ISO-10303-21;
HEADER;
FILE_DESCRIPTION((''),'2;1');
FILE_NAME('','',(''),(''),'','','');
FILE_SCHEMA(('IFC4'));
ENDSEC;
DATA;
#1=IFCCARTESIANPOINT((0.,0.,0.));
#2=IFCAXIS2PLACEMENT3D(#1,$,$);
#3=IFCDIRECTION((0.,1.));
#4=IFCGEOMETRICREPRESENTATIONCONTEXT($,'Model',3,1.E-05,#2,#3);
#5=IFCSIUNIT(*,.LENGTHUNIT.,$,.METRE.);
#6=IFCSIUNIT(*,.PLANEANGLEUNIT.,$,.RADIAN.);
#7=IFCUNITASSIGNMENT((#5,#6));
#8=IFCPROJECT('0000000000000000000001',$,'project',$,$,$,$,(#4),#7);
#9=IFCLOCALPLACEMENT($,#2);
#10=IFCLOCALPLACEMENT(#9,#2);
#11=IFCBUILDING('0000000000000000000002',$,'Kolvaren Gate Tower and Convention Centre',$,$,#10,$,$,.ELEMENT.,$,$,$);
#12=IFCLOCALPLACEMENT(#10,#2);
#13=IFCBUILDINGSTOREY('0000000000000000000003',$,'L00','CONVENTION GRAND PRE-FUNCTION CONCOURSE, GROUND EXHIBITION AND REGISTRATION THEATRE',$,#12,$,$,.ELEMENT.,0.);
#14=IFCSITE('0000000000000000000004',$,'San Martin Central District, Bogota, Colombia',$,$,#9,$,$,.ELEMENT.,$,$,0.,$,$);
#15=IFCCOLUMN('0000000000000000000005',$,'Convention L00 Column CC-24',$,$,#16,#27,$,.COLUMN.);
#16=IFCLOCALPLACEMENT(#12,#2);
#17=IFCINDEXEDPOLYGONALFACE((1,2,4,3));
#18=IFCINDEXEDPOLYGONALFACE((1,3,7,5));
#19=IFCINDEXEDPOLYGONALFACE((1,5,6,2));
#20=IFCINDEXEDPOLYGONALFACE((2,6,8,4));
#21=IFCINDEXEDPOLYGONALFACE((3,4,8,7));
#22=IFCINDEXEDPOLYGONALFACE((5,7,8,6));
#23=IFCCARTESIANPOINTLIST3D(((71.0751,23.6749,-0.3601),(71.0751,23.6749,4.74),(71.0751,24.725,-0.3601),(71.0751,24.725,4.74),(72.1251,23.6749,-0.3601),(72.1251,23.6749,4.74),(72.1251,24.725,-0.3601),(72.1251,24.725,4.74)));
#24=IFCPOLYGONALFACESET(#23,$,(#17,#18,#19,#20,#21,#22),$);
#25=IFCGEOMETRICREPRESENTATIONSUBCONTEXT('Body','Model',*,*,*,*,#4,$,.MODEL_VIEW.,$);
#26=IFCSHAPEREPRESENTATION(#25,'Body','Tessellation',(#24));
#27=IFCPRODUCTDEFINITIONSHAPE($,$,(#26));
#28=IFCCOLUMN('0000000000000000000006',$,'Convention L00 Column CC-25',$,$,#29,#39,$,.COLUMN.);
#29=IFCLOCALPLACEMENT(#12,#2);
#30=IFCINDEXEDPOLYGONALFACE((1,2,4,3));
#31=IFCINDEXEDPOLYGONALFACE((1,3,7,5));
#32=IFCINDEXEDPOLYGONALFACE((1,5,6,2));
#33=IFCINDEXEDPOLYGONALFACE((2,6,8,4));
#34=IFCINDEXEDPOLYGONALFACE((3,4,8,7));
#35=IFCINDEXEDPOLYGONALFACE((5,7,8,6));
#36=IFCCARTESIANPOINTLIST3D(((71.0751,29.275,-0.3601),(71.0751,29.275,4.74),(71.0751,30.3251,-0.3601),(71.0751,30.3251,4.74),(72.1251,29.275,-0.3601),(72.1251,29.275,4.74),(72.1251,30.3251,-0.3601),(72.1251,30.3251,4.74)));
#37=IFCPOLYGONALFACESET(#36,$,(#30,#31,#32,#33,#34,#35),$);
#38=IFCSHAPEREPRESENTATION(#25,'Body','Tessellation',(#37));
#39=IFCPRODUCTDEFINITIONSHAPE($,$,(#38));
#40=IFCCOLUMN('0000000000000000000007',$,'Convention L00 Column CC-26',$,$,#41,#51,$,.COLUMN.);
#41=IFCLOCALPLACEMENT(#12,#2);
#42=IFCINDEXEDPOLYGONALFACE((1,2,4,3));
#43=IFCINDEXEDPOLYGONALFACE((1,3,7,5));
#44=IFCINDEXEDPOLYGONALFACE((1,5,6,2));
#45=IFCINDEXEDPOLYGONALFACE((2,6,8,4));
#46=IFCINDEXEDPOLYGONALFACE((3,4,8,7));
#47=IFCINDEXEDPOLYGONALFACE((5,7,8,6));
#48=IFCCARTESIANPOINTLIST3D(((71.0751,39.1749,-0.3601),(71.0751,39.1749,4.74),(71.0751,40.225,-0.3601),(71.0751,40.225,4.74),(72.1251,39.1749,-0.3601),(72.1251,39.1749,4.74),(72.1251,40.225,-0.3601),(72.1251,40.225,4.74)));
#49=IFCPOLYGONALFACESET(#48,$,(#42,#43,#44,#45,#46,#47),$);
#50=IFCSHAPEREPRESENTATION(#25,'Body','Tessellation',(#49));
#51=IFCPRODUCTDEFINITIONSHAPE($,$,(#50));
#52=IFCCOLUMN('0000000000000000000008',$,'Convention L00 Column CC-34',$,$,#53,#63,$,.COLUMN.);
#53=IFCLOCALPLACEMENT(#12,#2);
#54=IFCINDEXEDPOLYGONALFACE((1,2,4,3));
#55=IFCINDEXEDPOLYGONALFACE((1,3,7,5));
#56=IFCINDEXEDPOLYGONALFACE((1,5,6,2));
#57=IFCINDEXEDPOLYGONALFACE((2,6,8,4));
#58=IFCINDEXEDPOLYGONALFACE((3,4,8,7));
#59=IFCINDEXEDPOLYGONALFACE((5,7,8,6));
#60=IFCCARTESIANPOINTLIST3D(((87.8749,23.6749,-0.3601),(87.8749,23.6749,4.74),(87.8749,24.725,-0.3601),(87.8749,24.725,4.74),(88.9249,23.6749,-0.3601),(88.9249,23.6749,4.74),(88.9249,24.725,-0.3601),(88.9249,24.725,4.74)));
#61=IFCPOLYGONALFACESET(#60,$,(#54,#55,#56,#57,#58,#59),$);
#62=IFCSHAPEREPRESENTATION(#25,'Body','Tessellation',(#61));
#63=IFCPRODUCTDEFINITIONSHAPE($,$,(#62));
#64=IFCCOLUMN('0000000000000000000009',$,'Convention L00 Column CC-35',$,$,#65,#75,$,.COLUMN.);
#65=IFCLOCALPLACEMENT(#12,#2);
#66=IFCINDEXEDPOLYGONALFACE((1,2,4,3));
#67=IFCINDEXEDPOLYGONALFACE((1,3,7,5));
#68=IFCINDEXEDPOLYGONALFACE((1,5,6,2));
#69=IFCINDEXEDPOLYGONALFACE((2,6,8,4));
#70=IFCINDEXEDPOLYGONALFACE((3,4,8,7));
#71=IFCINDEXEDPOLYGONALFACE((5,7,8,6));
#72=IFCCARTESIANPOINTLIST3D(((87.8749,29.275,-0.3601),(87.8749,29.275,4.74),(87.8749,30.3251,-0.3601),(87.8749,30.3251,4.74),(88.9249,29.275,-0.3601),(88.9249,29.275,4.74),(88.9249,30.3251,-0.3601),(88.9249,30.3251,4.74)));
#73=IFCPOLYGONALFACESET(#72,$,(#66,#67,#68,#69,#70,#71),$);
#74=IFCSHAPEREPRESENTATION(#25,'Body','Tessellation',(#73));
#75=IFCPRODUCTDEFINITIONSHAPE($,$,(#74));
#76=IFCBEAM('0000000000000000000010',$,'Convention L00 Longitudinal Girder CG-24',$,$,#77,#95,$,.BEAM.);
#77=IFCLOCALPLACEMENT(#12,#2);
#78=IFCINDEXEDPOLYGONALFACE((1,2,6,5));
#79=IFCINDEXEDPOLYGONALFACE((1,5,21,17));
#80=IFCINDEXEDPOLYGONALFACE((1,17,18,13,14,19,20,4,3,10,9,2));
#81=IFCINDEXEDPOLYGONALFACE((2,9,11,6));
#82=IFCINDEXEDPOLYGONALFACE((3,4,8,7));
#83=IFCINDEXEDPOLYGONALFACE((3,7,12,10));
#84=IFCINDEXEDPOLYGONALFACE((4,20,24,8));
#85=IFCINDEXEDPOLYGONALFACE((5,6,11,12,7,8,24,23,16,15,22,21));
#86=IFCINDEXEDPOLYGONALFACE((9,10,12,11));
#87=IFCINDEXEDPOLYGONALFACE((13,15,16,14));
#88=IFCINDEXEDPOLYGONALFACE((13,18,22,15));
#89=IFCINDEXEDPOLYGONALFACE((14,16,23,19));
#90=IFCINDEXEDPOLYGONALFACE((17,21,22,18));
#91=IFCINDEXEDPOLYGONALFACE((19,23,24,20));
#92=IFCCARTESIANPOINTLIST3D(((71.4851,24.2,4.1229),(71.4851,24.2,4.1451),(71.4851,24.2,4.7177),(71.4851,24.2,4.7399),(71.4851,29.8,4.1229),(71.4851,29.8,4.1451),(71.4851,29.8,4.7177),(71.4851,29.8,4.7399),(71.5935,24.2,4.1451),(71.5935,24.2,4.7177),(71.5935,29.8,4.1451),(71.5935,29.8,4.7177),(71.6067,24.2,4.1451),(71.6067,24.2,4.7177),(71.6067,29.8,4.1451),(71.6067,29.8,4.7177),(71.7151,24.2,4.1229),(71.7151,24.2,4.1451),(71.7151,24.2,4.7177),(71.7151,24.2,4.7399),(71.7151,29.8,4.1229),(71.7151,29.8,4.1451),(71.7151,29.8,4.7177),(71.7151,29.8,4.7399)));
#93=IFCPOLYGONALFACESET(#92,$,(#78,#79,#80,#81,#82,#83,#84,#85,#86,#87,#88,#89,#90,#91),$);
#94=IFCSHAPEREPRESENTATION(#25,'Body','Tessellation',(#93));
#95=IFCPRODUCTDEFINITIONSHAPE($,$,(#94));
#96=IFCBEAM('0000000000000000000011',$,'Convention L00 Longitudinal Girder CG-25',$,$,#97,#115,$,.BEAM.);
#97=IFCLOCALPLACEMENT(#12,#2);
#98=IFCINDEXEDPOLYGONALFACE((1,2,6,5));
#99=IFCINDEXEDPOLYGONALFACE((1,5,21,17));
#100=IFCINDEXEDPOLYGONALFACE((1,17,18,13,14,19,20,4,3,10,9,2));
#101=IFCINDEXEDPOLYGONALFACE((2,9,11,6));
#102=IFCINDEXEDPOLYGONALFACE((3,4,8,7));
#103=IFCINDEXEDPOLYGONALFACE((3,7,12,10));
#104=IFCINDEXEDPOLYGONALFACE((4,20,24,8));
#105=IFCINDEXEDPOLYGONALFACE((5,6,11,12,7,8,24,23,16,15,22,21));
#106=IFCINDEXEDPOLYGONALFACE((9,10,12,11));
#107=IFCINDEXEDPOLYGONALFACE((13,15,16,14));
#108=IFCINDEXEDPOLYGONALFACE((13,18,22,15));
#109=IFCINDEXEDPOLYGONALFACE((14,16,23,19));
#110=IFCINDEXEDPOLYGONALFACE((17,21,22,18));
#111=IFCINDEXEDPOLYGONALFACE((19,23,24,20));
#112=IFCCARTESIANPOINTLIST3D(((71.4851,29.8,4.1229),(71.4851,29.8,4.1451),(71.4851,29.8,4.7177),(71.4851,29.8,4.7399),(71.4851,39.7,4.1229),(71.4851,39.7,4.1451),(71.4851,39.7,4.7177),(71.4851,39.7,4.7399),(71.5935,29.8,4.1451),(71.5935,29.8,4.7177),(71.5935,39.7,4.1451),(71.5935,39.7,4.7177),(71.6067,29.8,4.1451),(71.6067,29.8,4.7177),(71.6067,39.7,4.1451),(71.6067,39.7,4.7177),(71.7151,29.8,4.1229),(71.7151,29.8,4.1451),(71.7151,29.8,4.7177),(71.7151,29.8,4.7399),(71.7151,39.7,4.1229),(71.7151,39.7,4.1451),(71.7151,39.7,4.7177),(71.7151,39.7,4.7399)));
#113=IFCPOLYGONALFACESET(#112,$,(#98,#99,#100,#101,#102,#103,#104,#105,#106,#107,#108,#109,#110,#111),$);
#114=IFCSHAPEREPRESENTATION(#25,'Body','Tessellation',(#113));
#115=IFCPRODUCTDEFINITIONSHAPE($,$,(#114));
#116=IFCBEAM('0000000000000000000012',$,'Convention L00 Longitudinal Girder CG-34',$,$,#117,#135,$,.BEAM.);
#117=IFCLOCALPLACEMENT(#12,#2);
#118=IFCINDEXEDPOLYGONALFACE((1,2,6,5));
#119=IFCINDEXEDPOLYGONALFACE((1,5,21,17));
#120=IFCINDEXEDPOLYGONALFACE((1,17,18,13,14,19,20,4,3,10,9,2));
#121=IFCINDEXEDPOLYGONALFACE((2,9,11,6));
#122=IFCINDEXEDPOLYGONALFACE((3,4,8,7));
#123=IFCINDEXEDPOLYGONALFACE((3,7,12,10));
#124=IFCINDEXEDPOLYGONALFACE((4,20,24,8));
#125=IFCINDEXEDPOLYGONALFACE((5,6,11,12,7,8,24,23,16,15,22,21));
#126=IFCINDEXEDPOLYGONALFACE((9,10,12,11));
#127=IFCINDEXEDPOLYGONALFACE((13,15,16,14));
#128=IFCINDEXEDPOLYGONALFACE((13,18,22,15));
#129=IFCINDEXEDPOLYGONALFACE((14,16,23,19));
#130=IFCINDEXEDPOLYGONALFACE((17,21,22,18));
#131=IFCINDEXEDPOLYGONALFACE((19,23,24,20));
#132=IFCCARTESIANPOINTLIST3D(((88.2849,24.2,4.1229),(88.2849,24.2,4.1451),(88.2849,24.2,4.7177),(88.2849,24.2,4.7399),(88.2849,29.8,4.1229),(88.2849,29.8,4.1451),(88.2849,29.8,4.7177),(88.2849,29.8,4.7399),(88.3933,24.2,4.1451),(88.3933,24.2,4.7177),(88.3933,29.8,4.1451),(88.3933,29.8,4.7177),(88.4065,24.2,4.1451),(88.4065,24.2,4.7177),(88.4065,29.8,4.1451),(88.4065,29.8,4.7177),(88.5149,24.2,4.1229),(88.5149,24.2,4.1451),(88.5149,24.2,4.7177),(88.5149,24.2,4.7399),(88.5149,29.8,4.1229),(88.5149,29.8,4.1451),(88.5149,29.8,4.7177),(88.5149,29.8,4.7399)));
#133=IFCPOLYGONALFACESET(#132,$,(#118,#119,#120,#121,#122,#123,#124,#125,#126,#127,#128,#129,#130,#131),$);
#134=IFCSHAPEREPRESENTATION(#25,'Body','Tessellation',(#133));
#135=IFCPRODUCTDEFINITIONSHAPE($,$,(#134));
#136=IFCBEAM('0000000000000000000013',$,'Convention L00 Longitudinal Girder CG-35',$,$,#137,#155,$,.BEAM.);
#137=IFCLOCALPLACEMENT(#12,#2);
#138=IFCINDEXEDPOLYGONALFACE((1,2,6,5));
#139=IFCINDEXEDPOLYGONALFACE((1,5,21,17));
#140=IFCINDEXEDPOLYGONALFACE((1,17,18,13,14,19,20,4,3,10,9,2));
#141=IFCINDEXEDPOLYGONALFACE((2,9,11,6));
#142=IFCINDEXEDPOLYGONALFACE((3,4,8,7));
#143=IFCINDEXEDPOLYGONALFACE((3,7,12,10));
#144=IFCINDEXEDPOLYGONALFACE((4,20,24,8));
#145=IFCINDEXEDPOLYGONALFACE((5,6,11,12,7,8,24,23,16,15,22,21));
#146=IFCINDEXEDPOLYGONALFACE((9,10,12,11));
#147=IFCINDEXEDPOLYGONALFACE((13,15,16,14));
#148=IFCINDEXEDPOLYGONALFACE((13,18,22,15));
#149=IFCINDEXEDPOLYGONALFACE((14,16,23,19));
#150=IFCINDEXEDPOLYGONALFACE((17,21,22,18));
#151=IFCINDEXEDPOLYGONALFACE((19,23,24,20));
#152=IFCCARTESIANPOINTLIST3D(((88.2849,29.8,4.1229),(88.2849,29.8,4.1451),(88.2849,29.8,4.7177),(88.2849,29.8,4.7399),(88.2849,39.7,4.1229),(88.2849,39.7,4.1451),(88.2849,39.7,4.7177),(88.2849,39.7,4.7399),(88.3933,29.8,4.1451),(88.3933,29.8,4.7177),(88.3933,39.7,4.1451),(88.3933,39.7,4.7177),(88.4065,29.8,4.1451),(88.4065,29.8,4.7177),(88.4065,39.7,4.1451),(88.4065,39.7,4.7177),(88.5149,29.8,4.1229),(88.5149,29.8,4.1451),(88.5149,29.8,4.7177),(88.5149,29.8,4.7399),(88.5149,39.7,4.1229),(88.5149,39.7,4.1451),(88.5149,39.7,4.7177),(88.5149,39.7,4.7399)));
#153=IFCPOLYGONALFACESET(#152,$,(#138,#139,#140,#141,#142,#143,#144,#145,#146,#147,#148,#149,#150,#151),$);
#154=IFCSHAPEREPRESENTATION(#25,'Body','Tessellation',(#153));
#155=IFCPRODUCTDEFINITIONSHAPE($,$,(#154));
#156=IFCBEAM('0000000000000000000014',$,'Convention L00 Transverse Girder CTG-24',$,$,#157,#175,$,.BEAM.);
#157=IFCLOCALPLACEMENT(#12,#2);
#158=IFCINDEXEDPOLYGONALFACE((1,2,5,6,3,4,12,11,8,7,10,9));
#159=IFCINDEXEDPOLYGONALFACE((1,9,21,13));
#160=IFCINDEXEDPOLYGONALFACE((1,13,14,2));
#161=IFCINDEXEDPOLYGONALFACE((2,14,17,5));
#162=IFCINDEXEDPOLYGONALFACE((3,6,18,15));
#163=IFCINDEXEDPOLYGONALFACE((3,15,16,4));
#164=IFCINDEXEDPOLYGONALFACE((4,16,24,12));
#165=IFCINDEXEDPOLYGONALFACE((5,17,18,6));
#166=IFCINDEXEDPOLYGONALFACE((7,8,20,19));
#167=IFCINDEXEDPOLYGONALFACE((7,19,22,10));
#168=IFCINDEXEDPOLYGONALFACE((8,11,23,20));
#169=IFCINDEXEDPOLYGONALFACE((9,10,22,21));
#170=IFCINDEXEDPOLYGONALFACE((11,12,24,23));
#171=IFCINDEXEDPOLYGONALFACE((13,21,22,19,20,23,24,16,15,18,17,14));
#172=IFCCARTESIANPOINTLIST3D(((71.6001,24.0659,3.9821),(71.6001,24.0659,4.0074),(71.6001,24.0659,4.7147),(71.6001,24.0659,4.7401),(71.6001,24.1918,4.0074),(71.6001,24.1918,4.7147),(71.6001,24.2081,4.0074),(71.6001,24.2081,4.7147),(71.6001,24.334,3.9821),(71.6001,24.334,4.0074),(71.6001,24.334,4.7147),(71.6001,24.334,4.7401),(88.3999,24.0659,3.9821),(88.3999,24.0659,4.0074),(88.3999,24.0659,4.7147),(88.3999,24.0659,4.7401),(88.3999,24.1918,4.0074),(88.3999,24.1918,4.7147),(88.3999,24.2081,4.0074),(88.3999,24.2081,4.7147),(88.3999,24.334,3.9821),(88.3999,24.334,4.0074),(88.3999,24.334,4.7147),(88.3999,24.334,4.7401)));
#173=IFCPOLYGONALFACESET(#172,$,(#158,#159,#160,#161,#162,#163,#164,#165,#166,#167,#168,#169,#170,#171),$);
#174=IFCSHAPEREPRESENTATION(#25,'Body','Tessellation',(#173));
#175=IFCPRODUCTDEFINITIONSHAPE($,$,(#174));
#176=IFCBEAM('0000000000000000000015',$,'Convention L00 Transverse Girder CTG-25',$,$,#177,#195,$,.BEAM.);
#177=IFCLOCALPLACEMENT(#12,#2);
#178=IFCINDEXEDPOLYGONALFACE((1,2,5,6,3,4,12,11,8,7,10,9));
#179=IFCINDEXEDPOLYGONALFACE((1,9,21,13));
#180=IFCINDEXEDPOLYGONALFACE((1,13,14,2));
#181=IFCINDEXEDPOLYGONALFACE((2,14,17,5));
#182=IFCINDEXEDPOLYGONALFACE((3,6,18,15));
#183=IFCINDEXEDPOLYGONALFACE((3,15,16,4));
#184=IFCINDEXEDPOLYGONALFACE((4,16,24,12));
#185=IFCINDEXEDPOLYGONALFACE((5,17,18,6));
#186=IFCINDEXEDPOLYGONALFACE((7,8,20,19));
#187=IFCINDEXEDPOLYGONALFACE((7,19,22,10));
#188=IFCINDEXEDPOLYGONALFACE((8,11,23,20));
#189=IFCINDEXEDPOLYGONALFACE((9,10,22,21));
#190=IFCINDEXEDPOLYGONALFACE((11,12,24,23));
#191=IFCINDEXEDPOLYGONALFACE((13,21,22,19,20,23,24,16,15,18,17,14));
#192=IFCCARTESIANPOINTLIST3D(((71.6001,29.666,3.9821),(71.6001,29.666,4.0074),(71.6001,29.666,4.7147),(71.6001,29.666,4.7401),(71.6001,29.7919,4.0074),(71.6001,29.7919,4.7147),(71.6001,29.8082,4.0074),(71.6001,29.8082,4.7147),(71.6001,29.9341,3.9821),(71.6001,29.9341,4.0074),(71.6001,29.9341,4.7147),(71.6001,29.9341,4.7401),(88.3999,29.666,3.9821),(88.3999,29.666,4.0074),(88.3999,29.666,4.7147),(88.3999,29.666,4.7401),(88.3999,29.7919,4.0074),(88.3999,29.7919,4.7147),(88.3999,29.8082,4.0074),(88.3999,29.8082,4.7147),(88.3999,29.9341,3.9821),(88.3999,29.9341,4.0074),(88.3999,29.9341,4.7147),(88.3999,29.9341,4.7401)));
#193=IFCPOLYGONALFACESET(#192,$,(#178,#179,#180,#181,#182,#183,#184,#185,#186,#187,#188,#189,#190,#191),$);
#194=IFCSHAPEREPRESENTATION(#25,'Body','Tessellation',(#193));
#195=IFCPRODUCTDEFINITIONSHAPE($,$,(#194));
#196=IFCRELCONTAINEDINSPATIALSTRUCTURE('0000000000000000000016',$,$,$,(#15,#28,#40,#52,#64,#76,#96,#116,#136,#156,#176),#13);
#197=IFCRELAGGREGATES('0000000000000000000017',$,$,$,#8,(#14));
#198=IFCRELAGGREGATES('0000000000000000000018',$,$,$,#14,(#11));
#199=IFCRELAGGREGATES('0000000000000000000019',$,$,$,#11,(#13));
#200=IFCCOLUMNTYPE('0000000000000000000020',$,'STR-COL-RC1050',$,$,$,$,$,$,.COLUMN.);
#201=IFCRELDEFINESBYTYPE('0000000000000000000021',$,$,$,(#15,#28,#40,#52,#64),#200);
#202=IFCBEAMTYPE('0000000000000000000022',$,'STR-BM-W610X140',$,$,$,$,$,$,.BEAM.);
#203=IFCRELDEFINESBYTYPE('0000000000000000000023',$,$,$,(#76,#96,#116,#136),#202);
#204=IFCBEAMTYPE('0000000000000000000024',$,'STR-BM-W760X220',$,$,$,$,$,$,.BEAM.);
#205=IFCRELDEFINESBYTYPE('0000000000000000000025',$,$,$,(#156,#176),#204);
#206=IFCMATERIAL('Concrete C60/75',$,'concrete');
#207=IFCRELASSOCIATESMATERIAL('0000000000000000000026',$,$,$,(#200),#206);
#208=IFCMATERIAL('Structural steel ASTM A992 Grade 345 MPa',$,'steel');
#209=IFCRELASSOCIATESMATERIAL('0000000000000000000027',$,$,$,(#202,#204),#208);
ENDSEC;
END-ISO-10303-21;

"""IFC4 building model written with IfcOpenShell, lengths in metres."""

from ifc_helpers import new_model, si_unit, direction, frame, origin, origin_2d, place, context, subcontext, project, spatial, rectangle, i_section, extrude, material, material_profile, profile_set, type_object, element, save


model = new_model("IFC4")

# Units and contexts
model_context = context("Model", 3, precision=1e-05, world=origin(), true_north=direction((0.0, 1.0)))
body_context = subcontext(model_context, "Body", "Model", "MODEL_VIEW")
ifc_project = project(units=[si_unit("LENGTHUNIT", "METRE"), si_unit("PLANEANGLEUNIT", "RADIAN")], contexts=[model_context])

# Site, building, storey
site_placement = place(None, origin())
site = spatial("IfcSite", under=ifc_project, at=site_placement, Name="San Martin Central District, Bogota, Colombia", CompositionType="ELEMENT", RefElevation=0.0)
building_placement = place(site_placement, origin())
building = spatial("IfcBuilding", under=site, at=building_placement, Name="Kolvaren Gate Tower and Convention Centre", CompositionType="ELEMENT")
storey_placement = place(building_placement, origin())
storey = spatial("IfcBuildingStorey", under=building, at=storey_placement, Name="L00", Description="CONVENTION GRAND PRE-FUNCTION CONCOURSE, GROUND EXHIBITION AND REGISTRATION THEATRE", CompositionType="ELEMENT", Elevation=0.0)

# Columns
ifc_material_1 = material(Name="Concrete C60/75", Category="concrete")
ifc_material_profile_1 = material_profile(ifc_material_1, rectangle(XDim=1.05, YDim=1.05, at=origin_2d()), Name="RC-COL-1050X1050")
ifc_profile_set_1 = profile_set([ifc_material_profile_1], Name="Concrete C60/75")
column_type = type_object("IfcColumnType", Name="STR-COL-RC1050", PredefinedType="COLUMN", material=ifc_profile_set_1)
for number, where, z_axis, x_axis, name in (
    (1, (71.6001, 24.2, -0.3601), (0.0, 0.0, 1.0), (1.0, 0.0, 0.0), "Convention L00 Column CC-24"),
    (2, (71.6001, 29.8, -0.3601), (0.0, 0.0, 1.0), (1.0, 0.0, 0.0), "Convention L00 Column CC-25"),
    (3, (71.6001, 39.7, -0.3601), (0.0, 0.0, 1.0), (1.0, 0.0, 0.0), "Convention L00 Column CC-26"),
    (4, (88.3999, 24.2, -0.3601), (0.0, 0.0, 1.0), (1.0, 0.0, 0.0), "Convention L00 Column CC-34"),
    (5, (88.3999, 29.8, -0.3601), (0.0, 0.0, 1.0), (1.0, 0.0, 0.0), "Convention L00 Column CC-35"),
):
    element("IfcColumn", number, at=place(storey_placement, frame(where, z_axis=z_axis, x_axis=x_axis)), inside=storey, type_object=column_type, Name=name, PredefinedType="COLUMN", context=body_context, shape_type="SweptSolid", body=[
        extrude(rectangle(XDim=1.05, YDim=1.05, at=origin_2d()), origin(), (0.0, 0.0, 1.0), 5.1001),
    ])

# Beams
ifc_material_2 = material(Name="Structural steel ASTM A992 Grade 345 MPa", Category="steel")
ifc_material_profile_2 = material_profile(ifc_material_2, i_section(OverallWidth=0.23, OverallDepth=0.6169, WebThickness=0.0132, FlangeThickness=0.0222, at=origin_2d()), Name="W610X140")
ifc_profile_set_2 = profile_set([ifc_material_profile_2], Name="Structural steel ASTM A992 Grade 345 MPa")
beam_type_1 = type_object("IfcBeamType", Name="STR-BM-W610X140", PredefinedType="BEAM", material=ifc_profile_set_2)
beam_1_placement = place(storey_placement, frame((71.6001, 24.2, 4.4314), z_axis=(0.0, 1.0, 0.0), x_axis=(-1.0, 0.0, 0.0)))
element("IfcBeam", 6, at=beam_1_placement, inside=storey, type_object=beam_type_1, Name="Convention L00 Longitudinal Girder CG-24", PredefinedType="BEAM", context=body_context, shape_type="SweptSolid", body=[
    extrude(i_section(OverallWidth=0.23, OverallDepth=0.6169, WebThickness=0.0132, FlangeThickness=0.0222, at=origin_2d()), origin(), (0.0, 0.0, 1.0), 5.6001),
])
beam_2_placement = place(storey_placement, frame((71.6001, 29.8, 4.4314), z_axis=(0.0, 1.0, 0.0), x_axis=(-1.0, 0.0, 0.0)))
element("IfcBeam", 7, at=beam_2_placement, inside=storey, type_object=beam_type_1, Name="Convention L00 Longitudinal Girder CG-25", PredefinedType="BEAM", context=body_context, shape_type="SweptSolid", body=[
    extrude(i_section(OverallWidth=0.23, OverallDepth=0.6169, WebThickness=0.0132, FlangeThickness=0.0222, at=origin_2d()), origin(), (0.0, 0.0, 1.0), 9.8999),
])
beam_3_placement = place(storey_placement, frame((88.3999, 24.2, 4.4314), z_axis=(0.0, 1.0, 0.0), x_axis=(-1.0, 0.0, 0.0)))
element("IfcBeam", 8, at=beam_3_placement, inside=storey, type_object=beam_type_1, Name="Convention L00 Longitudinal Girder CG-34", PredefinedType="BEAM", context=body_context, shape_type="SweptSolid", body=[
    extrude(i_section(OverallWidth=0.23, OverallDepth=0.6169, WebThickness=0.0132, FlangeThickness=0.0222, at=origin_2d()), origin(), (0.0, 0.0, 1.0), 5.6001),
])
beam_4_placement = place(storey_placement, frame((88.3999, 29.8, 4.4314), z_axis=(0.0, 1.0, 0.0), x_axis=(-1.0, 0.0, 0.0)))
element("IfcBeam", 9, at=beam_4_placement, inside=storey, type_object=beam_type_1, Name="Convention L00 Longitudinal Girder CG-35", PredefinedType="BEAM", context=body_context, shape_type="SweptSolid", body=[
    extrude(i_section(OverallWidth=0.23, OverallDepth=0.6169, WebThickness=0.0132, FlangeThickness=0.0222, at=origin_2d()), origin(), (0.0, 0.0, 1.0), 9.8999),
])
ifc_material_profile_3 = material_profile(ifc_material_2, i_section(OverallWidth=0.2681, OverallDepth=0.7581, WebThickness=0.0164, FlangeThickness=0.0254, at=origin_2d()), Name="W760X220")
ifc_profile_set_3 = profile_set([ifc_material_profile_3], Name="Structural steel ASTM A992 Grade 345 MPa")
beam_type_2 = type_object("IfcBeamType", Name="STR-BM-W760X220", PredefinedType="BEAM", material=ifc_profile_set_3)
for number, where, z_axis, x_axis, name in (
    (10, (71.6001, 24.2, 4.3611), (1.0, 0.0, 0.0), (0.0, 1.0, 0.0), "Convention L00 Transverse Girder CTG-24"),
    (11, (71.6001, 29.8, 4.3611), (1.0, 0.0, 0.0), (0.0, 1.0, 0.0), "Convention L00 Transverse Girder CTG-25"),
):
    element("IfcBeam", number, at=place(storey_placement, frame(where, z_axis=z_axis, x_axis=x_axis)), inside=storey, type_object=beam_type_2, Name=name, PredefinedType="BEAM", context=body_context, shape_type="SweptSolid", body=[
        extrude(i_section(OverallWidth=0.2681, OverallDepth=0.7581, WebThickness=0.0164, FlangeThickness=0.0254, at=origin_2d()), origin(), (0.0, 0.0, 1.0), 16.7998),
    ])

save(model, "model.ifc")
